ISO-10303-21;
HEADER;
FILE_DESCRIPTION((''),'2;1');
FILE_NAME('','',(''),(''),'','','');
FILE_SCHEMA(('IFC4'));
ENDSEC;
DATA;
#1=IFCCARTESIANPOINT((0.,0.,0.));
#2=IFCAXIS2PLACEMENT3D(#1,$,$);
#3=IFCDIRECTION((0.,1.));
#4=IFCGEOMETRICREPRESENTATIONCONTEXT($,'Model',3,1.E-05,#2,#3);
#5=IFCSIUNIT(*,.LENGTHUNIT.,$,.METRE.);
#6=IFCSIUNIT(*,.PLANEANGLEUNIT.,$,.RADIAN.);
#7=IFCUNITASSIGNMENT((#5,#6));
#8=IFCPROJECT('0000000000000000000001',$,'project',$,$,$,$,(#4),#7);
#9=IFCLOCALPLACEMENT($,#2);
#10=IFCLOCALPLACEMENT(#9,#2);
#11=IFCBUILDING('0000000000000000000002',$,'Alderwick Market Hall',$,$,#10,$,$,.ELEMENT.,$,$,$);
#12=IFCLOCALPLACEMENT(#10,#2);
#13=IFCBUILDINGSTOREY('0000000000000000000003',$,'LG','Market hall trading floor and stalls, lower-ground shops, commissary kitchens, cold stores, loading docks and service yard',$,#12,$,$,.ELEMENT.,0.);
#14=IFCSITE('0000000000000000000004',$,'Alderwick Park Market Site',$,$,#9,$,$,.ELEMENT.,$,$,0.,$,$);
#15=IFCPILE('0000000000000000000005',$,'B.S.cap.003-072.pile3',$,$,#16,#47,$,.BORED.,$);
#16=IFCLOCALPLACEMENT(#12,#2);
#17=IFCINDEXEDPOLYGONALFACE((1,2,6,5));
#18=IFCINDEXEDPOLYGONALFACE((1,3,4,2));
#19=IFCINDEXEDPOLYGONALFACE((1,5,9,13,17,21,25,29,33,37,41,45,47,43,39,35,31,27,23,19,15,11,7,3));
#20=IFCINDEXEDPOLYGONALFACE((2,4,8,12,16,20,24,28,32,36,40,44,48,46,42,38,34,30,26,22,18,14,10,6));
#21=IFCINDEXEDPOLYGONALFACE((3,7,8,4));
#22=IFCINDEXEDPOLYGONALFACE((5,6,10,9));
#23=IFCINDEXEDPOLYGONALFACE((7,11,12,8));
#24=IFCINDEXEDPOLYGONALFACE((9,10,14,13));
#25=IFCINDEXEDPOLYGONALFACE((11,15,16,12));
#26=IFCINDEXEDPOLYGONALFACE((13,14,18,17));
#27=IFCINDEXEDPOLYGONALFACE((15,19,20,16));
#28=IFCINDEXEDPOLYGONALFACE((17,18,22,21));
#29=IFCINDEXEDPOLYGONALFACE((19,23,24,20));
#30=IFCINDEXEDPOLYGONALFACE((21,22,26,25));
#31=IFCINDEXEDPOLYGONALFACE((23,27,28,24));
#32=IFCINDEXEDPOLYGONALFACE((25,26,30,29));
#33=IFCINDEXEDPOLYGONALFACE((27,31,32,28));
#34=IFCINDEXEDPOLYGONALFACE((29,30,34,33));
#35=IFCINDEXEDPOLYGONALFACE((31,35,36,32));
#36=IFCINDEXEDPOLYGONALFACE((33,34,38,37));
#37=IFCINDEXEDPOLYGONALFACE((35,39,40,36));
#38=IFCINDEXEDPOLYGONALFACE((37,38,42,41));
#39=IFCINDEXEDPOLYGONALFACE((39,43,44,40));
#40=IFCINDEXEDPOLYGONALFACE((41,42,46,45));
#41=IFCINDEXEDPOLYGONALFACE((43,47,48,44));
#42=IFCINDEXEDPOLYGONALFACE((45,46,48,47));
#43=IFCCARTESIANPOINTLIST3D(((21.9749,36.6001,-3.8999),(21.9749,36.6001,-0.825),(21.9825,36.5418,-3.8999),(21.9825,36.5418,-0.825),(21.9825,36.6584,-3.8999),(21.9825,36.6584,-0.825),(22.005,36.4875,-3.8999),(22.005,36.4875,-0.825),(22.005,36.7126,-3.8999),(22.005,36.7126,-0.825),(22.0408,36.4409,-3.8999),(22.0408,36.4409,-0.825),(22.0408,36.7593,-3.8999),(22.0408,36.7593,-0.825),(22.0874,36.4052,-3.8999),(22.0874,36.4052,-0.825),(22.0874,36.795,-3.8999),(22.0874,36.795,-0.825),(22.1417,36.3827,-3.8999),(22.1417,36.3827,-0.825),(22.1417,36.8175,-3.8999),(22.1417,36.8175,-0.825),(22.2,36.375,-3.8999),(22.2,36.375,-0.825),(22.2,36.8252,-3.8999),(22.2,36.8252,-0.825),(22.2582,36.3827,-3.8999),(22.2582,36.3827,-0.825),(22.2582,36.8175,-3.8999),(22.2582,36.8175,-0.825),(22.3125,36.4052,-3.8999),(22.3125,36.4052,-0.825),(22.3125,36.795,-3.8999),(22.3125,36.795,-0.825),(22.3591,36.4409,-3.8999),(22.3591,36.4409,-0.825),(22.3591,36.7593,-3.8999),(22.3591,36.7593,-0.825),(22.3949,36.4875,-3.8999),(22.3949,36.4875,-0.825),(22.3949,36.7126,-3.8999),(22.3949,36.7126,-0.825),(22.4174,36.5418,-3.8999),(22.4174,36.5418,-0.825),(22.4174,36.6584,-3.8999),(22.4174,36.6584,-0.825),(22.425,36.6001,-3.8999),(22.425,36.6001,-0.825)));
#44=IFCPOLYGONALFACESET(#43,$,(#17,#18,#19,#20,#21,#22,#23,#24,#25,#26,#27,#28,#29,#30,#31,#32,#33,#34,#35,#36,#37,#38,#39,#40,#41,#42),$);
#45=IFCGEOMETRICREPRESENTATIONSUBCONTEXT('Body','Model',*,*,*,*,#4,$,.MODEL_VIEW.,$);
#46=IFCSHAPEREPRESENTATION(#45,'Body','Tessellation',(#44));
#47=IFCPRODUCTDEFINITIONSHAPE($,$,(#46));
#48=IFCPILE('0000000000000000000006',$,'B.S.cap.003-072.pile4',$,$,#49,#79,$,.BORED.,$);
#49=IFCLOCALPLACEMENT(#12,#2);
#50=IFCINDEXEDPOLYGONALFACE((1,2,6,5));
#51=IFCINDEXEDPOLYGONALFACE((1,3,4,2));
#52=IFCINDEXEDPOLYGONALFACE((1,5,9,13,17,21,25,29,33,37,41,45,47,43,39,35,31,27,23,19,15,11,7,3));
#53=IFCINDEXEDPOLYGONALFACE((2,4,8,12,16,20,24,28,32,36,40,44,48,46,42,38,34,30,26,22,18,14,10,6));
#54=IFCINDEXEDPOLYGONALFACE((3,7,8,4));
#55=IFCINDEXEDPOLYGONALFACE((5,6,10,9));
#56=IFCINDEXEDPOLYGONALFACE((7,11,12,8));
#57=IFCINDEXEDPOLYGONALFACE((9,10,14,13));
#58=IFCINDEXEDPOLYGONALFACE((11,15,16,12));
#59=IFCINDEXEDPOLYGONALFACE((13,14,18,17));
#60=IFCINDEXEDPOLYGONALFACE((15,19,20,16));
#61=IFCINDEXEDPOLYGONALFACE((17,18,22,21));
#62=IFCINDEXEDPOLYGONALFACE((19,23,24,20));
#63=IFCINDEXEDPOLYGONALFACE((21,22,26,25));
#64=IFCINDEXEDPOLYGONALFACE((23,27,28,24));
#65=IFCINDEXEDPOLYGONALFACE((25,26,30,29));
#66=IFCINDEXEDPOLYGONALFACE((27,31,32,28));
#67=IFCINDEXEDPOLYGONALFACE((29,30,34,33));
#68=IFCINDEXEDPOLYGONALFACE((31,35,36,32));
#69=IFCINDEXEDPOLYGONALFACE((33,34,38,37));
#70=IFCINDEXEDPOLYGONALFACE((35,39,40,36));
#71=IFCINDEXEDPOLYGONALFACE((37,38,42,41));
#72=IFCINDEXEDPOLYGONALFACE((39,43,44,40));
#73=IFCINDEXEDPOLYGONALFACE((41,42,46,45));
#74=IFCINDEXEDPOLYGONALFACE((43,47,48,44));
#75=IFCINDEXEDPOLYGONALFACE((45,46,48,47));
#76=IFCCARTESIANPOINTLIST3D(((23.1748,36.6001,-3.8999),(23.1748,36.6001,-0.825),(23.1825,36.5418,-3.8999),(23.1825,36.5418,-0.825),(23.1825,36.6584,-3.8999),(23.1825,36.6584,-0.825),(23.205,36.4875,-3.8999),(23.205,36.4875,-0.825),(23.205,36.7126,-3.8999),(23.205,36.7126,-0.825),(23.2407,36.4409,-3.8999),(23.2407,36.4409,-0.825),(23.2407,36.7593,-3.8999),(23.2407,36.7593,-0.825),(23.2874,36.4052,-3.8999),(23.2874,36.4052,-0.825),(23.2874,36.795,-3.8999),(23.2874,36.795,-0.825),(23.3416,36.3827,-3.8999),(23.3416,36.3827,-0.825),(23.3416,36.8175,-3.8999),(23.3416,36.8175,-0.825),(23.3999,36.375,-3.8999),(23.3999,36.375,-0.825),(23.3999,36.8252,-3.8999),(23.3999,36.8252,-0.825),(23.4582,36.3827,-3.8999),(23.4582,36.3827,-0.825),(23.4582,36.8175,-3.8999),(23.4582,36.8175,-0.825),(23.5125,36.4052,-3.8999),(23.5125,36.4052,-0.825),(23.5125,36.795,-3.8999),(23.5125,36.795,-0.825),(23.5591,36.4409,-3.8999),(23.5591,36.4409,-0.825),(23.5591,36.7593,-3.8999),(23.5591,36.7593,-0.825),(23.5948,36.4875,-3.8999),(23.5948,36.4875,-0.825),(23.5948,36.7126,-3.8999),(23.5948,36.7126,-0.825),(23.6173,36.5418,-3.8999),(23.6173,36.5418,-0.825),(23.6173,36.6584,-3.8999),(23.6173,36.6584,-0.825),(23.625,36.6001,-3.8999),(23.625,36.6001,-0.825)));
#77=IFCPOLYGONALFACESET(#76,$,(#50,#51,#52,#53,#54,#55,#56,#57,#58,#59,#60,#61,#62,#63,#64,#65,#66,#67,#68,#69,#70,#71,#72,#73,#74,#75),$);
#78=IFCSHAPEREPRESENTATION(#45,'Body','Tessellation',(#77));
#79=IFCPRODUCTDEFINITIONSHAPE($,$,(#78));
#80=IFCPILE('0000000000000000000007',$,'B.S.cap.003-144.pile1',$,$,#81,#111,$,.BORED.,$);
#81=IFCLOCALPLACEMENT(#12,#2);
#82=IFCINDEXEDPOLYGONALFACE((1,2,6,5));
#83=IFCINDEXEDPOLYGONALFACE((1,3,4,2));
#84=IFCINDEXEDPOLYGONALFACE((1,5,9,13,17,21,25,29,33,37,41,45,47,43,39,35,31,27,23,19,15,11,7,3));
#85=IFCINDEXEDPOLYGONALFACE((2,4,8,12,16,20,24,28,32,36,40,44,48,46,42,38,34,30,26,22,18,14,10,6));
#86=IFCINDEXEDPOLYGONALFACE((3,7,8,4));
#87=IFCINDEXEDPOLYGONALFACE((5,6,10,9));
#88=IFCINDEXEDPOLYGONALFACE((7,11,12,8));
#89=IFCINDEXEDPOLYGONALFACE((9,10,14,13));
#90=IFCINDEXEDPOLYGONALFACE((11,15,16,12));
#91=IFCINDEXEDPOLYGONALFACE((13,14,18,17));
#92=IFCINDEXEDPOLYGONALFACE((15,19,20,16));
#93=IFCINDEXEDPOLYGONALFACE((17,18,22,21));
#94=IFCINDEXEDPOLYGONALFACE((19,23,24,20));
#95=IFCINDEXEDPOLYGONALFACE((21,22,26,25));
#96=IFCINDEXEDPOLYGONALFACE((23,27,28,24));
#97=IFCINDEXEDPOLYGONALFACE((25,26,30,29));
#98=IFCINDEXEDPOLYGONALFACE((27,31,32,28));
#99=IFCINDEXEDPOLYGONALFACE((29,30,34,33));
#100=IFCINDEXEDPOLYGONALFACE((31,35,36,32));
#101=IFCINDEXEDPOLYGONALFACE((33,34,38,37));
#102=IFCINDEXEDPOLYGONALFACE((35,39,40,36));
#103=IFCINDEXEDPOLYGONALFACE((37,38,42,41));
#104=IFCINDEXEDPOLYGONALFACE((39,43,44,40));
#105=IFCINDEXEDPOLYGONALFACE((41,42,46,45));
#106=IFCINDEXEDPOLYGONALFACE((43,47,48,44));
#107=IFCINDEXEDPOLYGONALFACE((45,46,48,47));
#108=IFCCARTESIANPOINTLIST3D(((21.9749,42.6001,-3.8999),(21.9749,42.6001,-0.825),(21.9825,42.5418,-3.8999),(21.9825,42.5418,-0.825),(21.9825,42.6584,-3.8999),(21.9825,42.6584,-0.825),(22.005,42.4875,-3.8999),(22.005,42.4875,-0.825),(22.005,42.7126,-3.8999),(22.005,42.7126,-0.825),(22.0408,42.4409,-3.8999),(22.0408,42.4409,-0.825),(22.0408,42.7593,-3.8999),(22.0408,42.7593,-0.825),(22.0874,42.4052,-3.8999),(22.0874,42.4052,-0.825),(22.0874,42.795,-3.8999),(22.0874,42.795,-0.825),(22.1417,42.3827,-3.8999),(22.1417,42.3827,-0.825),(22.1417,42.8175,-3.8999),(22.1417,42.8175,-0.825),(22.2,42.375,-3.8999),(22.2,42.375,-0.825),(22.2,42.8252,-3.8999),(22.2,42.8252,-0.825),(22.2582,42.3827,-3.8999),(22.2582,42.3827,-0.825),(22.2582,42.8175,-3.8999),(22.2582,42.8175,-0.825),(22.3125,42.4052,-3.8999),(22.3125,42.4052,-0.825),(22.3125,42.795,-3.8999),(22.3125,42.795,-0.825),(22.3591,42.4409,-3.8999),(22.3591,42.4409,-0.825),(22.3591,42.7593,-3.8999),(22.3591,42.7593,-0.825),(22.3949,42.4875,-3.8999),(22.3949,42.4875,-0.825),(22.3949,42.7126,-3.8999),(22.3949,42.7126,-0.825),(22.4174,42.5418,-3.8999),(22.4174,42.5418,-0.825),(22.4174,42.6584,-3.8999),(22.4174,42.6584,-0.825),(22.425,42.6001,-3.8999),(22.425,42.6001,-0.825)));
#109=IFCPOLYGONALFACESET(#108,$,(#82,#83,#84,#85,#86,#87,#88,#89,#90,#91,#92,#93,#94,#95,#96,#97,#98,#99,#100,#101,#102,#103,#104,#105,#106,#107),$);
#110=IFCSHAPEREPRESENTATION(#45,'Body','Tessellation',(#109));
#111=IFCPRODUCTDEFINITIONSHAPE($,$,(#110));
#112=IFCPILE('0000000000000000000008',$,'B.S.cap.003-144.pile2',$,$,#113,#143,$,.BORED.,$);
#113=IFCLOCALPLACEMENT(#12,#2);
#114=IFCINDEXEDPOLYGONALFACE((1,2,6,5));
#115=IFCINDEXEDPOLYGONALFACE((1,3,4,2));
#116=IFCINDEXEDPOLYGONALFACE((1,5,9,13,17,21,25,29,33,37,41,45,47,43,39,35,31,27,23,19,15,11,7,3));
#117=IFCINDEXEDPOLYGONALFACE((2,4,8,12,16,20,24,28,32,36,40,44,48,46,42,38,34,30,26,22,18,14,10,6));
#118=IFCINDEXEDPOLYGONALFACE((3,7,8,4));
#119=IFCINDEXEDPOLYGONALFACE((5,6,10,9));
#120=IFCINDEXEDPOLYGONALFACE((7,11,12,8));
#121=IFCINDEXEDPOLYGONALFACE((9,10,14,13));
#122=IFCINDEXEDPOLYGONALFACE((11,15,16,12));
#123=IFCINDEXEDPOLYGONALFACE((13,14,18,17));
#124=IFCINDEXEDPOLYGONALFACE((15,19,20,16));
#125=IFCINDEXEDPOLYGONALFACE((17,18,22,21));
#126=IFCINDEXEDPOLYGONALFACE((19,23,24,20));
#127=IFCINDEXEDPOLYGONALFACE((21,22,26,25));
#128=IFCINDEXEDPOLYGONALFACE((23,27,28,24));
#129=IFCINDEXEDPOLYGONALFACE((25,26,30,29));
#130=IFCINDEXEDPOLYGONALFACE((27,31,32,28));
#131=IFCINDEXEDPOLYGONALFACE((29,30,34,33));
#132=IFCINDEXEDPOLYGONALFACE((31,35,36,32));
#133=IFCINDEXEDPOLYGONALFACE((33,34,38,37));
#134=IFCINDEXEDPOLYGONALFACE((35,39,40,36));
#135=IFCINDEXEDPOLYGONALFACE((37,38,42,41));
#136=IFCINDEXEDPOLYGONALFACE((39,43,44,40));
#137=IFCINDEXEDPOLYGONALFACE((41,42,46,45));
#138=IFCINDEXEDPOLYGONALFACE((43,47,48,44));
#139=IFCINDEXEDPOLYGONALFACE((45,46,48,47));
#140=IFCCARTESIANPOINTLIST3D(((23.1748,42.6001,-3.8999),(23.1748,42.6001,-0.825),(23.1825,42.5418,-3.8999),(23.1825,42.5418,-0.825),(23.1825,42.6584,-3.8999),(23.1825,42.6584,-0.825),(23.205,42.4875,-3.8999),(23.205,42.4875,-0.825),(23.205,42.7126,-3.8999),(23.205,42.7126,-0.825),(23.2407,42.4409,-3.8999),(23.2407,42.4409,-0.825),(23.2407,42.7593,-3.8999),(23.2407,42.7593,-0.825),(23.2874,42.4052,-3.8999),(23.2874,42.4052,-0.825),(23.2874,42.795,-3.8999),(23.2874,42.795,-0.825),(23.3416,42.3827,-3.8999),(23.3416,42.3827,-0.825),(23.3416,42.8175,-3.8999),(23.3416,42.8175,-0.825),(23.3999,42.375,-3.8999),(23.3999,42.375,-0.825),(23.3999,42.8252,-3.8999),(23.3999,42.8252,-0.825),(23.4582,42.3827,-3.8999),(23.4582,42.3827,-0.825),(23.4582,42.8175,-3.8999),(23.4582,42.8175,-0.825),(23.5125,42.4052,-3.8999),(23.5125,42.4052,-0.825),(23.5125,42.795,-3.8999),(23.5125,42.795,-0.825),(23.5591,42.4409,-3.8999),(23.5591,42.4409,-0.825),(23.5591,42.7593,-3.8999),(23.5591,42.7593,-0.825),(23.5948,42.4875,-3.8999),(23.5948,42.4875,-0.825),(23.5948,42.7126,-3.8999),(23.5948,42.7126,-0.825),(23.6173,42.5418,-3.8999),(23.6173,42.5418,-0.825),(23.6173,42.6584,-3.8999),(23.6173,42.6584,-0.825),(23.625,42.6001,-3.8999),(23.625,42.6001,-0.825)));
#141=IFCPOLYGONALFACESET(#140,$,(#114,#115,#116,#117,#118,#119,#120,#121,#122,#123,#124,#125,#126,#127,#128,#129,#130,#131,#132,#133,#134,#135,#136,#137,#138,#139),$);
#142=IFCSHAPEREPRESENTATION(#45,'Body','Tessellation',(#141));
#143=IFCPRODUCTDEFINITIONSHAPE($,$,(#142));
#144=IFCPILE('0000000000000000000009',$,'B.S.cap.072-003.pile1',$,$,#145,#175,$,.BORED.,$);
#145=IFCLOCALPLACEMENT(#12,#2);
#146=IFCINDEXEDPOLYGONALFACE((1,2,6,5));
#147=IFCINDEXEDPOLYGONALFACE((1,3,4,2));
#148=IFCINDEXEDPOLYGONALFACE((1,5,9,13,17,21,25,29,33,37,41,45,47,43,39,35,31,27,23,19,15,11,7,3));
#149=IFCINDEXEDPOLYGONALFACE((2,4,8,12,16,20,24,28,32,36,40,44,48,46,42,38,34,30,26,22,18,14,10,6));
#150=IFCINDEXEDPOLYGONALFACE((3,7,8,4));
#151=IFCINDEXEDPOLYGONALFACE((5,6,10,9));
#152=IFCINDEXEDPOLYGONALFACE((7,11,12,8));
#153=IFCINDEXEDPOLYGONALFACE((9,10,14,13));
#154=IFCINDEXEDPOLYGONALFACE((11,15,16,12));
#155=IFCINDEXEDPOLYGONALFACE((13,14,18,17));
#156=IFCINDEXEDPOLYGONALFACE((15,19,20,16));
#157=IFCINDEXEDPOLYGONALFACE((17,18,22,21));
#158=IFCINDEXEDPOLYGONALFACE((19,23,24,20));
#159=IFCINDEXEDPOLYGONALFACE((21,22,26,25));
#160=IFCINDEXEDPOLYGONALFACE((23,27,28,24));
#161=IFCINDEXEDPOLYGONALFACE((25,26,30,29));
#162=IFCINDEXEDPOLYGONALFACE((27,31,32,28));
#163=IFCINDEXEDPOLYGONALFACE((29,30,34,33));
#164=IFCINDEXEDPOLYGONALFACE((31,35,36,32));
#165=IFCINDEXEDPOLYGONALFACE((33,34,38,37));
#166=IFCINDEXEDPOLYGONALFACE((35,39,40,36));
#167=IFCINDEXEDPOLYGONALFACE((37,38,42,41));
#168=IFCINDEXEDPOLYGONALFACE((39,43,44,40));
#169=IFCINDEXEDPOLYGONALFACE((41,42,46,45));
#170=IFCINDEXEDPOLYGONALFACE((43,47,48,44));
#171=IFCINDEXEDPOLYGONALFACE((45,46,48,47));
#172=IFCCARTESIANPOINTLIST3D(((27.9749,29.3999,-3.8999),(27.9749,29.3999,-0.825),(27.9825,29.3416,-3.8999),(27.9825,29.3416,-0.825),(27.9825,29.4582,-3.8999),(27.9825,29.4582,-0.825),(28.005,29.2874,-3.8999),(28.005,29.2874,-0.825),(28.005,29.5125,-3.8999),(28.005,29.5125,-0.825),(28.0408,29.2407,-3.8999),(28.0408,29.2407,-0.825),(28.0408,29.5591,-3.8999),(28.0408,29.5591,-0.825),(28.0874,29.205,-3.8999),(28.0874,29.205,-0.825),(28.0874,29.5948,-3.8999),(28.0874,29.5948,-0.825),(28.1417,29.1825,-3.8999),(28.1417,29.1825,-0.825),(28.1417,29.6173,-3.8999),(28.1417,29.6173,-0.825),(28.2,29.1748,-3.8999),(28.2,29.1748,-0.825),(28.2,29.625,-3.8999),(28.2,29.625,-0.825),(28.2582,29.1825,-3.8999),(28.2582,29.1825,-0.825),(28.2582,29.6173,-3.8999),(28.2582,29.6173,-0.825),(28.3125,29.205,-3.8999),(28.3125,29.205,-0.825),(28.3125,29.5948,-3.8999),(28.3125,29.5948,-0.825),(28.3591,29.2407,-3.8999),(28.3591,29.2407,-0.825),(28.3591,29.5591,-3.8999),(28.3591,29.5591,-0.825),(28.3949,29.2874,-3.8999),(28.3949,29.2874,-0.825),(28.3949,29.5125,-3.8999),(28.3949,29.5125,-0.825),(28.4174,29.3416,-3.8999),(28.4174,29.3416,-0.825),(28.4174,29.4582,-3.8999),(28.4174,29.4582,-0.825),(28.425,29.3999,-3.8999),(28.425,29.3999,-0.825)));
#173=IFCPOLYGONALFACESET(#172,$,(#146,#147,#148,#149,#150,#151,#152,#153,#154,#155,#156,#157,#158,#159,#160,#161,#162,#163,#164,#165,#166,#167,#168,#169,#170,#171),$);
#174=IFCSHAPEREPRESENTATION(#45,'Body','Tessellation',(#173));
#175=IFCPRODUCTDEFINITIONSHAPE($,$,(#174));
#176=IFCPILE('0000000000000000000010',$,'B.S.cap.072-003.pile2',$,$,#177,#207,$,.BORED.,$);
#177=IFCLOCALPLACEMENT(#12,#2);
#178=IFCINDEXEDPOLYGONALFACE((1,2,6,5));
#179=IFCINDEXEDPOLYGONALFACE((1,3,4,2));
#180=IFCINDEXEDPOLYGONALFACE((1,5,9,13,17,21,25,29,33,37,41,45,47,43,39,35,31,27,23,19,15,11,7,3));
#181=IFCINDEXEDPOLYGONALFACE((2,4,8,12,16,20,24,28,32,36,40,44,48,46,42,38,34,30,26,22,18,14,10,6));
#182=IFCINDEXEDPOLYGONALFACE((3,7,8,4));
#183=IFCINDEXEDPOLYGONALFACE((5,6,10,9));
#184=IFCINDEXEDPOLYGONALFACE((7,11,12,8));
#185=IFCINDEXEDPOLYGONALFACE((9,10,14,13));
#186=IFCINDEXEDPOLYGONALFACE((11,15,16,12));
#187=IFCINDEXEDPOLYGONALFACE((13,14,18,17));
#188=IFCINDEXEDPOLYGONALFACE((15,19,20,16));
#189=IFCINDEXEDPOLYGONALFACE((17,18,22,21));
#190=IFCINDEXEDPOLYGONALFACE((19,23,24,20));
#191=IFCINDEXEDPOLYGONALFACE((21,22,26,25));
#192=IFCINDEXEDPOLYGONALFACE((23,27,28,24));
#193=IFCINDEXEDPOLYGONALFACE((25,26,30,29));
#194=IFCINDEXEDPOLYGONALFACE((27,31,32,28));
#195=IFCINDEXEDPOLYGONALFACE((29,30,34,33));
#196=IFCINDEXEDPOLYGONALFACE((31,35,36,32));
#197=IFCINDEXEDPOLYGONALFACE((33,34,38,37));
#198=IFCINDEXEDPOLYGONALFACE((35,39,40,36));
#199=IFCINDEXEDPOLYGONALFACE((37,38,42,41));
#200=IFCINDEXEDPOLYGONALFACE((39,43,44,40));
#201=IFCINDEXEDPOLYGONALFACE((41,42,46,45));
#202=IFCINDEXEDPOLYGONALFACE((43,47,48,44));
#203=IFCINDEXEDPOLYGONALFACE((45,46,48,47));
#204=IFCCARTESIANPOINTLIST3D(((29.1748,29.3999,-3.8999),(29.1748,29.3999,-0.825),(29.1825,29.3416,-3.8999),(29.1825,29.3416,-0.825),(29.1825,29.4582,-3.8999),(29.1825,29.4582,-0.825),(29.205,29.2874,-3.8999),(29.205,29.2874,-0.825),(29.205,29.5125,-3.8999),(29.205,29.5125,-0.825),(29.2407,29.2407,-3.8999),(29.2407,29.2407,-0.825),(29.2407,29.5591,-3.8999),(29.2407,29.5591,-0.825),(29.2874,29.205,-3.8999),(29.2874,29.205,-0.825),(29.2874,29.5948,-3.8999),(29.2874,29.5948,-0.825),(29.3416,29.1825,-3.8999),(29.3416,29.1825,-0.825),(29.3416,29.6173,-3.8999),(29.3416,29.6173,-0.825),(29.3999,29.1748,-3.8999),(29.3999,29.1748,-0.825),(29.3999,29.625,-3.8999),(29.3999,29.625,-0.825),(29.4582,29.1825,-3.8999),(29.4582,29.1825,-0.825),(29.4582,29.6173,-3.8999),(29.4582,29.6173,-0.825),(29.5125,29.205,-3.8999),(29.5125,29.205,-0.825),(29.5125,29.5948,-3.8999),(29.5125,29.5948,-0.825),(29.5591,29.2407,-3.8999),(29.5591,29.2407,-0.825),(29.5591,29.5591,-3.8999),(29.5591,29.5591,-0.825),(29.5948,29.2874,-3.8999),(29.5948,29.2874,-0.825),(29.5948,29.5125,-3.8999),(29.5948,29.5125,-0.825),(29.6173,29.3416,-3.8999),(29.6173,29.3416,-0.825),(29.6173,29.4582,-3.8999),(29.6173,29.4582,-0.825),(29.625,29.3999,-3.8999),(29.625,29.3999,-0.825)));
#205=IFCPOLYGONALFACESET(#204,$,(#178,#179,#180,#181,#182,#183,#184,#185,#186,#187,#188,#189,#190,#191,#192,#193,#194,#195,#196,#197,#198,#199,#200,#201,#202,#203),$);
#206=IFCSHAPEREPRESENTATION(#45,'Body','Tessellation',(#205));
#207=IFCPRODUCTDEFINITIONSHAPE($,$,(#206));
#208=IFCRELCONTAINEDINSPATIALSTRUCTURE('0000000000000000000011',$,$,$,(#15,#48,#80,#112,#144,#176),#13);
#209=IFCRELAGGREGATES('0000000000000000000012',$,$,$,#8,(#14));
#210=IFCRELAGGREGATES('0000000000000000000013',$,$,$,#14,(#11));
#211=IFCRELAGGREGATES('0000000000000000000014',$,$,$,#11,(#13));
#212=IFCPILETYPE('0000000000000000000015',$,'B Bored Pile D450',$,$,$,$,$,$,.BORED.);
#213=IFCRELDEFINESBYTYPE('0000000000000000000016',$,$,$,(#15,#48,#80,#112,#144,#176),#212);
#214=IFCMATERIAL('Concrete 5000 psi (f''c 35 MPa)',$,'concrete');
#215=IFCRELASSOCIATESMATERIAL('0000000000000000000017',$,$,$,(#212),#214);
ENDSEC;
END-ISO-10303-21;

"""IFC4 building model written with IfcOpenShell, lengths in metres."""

from ifc_helpers import new_model, si_unit, direction, frame, origin, origin_2d, place, context, subcontext, project, spatial, circle, extrude, material, material_profile, profile_set, type_object, element, save


model = new_model("IFC4")

# Units and contexts
model_context = context("Model", 3, precision=1e-05, world=origin(), true_north=direction((0.0, 1.0)))
body_context = subcontext(model_context, "Body", "Model", "MODEL_VIEW")
ifc_project = project(units=[si_unit("LENGTHUNIT", "METRE"), si_unit("PLANEANGLEUNIT", "RADIAN")], contexts=[model_context])

# Site, building, storey
site_placement = place(None, origin())
site = spatial("IfcSite", under=ifc_project, at=site_placement, Name="Alderwick Park Market Site", CompositionType="ELEMENT", RefElevation=0.0)
building_placement = place(site_placement, origin())
building = spatial("IfcBuilding", under=site, at=building_placement, Name="Alderwick Market Hall", CompositionType="ELEMENT")
storey_placement = place(building_placement, origin())
storey = spatial("IfcBuildingStorey", under=building, at=storey_placement, Name="LG", Description="Market hall trading floor and stalls, lower-ground shops, commissary kitchens, cold stores, loading docks and service yard", CompositionType="ELEMENT", Elevation=0.0)

# Piles
ifc_material_1 = material(Name="Concrete 5000 psi (f'c 35 MPa)", Category="concrete")
ifc_material_profile_1 = material_profile(ifc_material_1, circle(Radius=0.2251, at=origin_2d()), Name="B Bored Pile D450")
ifc_profile_set_1 = profile_set([ifc_material_profile_1], Name="Concrete 5000 psi (f'c 35 MPa)")
pile_type = type_object("IfcPileType", Name="B Bored Pile D450", PredefinedType="BORED", material=ifc_profile_set_1)
for number, where, z_axis, x_axis, name in (
    (1, (22.2, 36.6001, -0.825), (0.0, 0.0, -1.0), (1.0, 0.0, 0.0), "B.S.cap.003-072.pile3"),
    (2, (23.3999, 36.6001, -0.825), (0.0, 0.0, -1.0), (1.0, 0.0, 0.0), "B.S.cap.003-072.pile4"),
    (3, (22.2, 42.6001, -0.825), (0.0, 0.0, -1.0), (1.0, 0.0, 0.0), "B.S.cap.003-144.pile1"),
    (4, (23.3999, 42.6001, -0.825), (0.0, 0.0, -1.0), (1.0, 0.0, 0.0), "B.S.cap.003-144.pile2"),
    (5, (28.2, 29.3999, -0.825), (0.0, 0.0, -1.0), (1.0, 0.0, 0.0), "B.S.cap.072-003.pile1"),
    (6, (29.3999, 29.3999, -0.825), (0.0, 0.0, -1.0), (1.0, 0.0, 0.0), "B.S.cap.072-003.pile2"),
):
    element("IfcPile", number, at=place(storey_placement, frame(where, z_axis=z_axis, x_axis=x_axis)), inside=storey, type_object=pile_type, Name=name, PredefinedType="BORED", context=body_context, shape_type="SweptSolid", body=[
        extrude(circle(Radius=0.2251, at=origin_2d()), origin(), (0.0, 0.0, 1.0), 3.075),
    ])

save(model, "model.ifc")
